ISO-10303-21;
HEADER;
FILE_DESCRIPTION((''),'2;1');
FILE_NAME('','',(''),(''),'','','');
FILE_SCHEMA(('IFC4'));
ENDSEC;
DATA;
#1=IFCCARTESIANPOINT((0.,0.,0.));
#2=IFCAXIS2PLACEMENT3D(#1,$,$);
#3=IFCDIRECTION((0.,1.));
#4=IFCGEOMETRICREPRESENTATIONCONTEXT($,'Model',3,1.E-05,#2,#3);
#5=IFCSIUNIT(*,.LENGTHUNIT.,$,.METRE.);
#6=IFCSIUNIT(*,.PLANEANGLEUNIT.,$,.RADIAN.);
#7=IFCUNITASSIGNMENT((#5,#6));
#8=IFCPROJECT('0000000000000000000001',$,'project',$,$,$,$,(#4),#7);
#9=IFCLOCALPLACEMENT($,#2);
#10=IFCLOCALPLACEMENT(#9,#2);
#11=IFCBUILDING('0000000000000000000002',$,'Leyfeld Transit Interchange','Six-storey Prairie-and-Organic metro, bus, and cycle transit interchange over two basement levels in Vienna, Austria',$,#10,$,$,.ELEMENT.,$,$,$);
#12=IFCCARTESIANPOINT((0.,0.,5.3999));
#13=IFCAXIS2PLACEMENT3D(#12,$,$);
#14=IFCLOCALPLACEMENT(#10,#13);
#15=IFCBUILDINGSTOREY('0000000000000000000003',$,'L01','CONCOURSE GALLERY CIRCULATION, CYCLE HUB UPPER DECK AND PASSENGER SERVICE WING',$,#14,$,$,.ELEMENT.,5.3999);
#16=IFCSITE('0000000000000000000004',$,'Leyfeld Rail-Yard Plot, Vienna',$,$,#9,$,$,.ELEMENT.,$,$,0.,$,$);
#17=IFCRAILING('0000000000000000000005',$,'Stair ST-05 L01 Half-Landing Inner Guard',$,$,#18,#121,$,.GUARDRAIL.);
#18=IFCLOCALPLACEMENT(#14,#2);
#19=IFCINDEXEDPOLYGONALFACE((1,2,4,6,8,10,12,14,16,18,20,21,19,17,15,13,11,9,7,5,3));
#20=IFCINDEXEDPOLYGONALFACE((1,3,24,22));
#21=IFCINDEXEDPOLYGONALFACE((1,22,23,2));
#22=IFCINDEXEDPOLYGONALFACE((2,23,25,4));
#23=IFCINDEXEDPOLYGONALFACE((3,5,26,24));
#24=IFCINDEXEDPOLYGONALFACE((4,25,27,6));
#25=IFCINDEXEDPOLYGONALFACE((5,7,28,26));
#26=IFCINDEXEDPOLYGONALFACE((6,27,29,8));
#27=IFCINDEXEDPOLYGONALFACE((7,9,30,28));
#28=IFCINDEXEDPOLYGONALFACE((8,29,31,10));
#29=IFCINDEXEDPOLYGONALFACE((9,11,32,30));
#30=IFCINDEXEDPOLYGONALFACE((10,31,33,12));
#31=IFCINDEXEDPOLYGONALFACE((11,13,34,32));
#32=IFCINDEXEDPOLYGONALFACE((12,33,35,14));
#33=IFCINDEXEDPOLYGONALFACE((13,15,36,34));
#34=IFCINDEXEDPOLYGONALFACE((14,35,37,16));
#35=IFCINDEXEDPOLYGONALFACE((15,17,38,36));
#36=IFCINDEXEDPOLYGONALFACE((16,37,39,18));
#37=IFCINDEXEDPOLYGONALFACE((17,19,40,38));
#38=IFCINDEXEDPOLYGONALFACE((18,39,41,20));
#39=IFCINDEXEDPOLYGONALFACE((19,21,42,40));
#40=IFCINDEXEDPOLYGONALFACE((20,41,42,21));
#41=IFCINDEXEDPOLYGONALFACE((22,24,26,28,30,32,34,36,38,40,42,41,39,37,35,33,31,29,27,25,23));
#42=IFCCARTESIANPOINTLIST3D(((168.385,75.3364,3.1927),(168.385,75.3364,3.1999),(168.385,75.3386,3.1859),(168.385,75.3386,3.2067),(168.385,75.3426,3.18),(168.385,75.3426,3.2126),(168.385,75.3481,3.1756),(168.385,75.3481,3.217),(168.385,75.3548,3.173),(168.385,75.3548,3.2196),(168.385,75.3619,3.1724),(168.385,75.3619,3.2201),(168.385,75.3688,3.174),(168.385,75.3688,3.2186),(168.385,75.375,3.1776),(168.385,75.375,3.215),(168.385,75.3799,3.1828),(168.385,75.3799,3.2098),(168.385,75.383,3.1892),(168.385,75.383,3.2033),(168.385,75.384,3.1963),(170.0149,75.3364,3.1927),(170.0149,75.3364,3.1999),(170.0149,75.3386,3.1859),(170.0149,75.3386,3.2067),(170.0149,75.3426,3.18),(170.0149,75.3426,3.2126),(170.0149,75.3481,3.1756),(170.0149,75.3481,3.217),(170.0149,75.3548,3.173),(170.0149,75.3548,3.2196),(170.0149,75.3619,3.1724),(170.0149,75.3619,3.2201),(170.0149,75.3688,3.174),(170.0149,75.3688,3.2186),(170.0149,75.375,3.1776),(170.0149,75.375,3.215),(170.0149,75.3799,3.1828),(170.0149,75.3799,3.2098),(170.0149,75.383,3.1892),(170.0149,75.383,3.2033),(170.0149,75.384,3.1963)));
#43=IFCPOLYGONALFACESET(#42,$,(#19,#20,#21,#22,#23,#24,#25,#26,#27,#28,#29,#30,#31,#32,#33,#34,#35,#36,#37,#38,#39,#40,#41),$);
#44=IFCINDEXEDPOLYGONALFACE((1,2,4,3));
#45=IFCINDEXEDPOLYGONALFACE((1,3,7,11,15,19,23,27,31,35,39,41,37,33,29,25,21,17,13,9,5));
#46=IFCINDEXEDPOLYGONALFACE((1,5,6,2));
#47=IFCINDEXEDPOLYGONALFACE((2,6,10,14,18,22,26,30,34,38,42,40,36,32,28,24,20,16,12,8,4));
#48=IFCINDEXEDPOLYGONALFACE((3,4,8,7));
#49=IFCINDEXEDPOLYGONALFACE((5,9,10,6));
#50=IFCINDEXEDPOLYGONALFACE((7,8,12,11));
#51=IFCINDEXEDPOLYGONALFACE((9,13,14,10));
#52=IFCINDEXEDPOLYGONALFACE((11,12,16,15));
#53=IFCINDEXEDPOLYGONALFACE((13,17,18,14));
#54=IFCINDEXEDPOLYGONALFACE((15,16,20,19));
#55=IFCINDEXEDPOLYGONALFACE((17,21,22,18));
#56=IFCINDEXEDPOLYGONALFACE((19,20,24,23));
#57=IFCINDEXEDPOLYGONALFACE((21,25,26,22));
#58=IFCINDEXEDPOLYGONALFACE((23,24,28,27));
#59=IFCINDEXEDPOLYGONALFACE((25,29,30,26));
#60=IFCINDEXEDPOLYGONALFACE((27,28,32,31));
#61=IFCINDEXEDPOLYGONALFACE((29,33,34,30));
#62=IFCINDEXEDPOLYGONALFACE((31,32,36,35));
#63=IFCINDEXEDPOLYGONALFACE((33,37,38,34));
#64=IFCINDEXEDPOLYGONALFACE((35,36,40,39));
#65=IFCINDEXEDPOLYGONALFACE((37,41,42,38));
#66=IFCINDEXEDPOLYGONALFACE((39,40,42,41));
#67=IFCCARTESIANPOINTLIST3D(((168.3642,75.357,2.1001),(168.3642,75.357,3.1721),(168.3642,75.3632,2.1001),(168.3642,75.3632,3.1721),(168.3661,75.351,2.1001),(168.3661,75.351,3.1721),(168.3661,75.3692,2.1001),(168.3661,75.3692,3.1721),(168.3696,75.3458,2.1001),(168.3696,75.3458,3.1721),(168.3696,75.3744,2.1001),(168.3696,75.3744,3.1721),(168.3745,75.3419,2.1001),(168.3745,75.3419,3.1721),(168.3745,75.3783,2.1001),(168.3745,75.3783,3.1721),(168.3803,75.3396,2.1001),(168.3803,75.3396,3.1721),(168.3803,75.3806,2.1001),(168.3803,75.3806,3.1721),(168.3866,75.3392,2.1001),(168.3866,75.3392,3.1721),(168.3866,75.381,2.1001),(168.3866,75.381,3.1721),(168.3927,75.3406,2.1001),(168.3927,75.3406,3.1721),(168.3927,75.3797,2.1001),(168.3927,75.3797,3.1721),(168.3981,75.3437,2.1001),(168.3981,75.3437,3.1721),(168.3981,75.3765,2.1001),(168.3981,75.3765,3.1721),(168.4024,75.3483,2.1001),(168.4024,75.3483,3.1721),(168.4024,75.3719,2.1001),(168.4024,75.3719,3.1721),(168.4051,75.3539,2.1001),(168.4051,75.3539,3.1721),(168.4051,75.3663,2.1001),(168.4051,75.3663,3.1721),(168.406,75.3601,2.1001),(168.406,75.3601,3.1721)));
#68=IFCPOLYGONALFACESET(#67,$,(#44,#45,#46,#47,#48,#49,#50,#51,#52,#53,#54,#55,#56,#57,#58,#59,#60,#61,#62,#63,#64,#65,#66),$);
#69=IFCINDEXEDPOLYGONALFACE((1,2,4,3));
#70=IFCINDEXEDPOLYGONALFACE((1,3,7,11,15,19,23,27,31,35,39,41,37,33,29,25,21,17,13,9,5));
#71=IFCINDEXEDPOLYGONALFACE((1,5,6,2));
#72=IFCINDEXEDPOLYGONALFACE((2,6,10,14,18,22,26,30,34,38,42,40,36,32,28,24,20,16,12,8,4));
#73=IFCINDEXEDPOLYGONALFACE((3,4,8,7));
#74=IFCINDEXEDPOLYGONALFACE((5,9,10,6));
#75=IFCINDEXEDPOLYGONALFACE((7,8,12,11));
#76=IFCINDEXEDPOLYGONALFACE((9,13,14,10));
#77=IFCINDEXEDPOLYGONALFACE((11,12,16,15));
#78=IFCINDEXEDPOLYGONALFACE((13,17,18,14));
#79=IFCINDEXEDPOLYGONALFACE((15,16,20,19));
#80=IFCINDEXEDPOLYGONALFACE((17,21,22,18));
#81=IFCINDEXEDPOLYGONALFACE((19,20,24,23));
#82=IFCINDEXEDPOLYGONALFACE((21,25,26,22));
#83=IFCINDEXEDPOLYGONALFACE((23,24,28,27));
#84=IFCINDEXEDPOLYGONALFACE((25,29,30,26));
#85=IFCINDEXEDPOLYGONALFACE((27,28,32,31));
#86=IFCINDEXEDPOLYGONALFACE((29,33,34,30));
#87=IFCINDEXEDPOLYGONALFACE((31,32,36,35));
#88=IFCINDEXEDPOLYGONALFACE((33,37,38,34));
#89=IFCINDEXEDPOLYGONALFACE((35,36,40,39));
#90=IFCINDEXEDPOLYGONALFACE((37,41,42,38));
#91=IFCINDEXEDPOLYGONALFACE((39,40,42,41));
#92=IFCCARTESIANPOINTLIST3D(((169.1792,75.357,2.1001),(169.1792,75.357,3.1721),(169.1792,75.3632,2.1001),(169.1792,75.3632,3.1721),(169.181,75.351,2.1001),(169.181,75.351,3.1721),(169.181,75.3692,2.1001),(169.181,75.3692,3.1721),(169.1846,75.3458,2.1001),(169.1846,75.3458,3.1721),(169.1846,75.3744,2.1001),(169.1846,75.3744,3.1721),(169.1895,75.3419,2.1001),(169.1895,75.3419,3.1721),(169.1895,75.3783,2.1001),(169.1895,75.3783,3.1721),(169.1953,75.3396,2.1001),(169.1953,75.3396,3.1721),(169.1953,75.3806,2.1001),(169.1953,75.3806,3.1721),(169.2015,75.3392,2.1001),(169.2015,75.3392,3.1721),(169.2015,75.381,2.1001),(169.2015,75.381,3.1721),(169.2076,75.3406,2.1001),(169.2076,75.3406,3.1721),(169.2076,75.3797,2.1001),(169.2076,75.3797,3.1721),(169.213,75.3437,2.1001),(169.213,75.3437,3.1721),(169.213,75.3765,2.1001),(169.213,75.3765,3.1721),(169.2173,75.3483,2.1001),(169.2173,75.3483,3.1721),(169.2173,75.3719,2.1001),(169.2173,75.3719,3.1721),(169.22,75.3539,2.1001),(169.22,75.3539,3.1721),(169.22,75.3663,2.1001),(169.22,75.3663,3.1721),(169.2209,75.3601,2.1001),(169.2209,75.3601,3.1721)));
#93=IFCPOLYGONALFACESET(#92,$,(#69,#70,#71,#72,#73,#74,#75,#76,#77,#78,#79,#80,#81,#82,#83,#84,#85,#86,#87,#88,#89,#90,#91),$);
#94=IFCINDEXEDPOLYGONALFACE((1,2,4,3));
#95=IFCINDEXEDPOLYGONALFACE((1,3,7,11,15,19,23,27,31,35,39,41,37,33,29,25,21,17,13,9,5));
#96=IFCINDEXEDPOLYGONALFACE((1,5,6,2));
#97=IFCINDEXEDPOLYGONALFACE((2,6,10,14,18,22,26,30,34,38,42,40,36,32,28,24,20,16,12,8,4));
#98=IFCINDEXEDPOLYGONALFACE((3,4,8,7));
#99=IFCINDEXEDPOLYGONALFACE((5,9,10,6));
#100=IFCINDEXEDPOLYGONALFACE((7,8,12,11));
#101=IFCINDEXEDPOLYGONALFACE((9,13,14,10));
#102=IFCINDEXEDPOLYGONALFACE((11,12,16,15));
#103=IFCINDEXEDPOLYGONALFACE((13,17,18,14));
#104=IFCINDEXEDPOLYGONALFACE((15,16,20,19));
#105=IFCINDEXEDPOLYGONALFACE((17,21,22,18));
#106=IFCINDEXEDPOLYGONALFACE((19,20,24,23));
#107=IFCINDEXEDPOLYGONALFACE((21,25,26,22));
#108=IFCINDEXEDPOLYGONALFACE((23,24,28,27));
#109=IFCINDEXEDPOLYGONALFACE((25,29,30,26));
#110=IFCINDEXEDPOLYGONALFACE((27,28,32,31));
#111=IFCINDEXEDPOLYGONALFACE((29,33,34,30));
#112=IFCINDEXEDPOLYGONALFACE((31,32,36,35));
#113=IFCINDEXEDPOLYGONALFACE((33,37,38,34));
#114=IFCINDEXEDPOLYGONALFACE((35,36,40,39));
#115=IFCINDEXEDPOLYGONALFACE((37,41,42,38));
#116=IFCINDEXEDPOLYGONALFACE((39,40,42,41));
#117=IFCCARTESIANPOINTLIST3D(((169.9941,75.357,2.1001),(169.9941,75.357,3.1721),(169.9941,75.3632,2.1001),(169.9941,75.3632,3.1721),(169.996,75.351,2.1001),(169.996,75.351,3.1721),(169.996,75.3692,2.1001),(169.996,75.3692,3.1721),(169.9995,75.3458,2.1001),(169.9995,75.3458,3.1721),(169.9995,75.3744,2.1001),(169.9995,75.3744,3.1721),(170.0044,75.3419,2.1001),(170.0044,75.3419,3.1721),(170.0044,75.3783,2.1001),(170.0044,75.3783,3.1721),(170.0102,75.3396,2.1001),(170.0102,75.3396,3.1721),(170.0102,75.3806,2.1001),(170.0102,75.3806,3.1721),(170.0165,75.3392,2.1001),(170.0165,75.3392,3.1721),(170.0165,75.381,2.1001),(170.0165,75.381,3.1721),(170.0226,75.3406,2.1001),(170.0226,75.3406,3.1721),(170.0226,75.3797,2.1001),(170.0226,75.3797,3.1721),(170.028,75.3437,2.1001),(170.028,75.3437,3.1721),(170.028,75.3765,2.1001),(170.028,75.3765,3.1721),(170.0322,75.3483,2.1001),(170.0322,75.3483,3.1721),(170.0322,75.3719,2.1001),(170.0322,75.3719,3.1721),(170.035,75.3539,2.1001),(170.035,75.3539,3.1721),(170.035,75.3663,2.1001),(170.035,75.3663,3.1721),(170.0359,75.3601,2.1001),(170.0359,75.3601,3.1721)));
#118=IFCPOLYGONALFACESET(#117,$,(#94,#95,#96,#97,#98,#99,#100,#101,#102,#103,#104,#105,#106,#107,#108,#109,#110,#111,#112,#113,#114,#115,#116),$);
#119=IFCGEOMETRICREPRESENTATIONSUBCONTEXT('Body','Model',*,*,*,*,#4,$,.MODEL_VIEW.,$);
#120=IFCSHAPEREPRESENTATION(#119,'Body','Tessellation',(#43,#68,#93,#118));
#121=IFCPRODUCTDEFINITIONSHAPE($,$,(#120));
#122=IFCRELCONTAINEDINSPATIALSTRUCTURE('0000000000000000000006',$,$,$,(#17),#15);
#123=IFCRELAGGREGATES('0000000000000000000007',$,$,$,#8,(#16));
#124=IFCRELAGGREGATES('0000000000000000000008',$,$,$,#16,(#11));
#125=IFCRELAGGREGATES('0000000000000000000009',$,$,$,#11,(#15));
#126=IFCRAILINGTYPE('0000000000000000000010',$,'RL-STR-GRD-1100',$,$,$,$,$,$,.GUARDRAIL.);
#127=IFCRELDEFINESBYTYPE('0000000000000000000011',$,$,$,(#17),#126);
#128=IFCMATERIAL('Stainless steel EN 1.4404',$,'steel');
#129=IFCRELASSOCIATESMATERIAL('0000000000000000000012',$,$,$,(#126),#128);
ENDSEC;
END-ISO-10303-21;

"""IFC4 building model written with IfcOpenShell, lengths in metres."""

from ifc_helpers import new_model, si_unit, direction, frame, origin, origin_2d, place, context, subcontext, project, spatial, circle, extrude, material, type_object, element, save


model = new_model("IFC4")

# Units and contexts
model_context = context("Model", 3, precision=1e-05, world=origin(), true_north=direction((0.0, 1.0)))
body_context = subcontext(model_context, "Body", "Model", "MODEL_VIEW")
ifc_project = project(units=[si_unit("LENGTHUNIT", "METRE"), si_unit("PLANEANGLEUNIT", "RADIAN")], contexts=[model_context])

# Site, building, storey
site_placement = place(None, origin())
site = spatial("IfcSite", under=ifc_project, at=site_placement, Name="Leyfeld Rail-Yard Plot, Vienna", CompositionType="ELEMENT", RefElevation=0.0)
building_placement = place(site_placement, origin())
building = spatial("IfcBuilding", under=site, at=building_placement, Name="Leyfeld Transit Interchange", Description="Six-storey Prairie-and-Organic metro, bus, and cycle transit interchange over two basement levels in Vienna, Austria", CompositionType="ELEMENT")
storey_placement = place(building_placement, frame((0.0, 0.0, 5.3999)))
storey = spatial("IfcBuildingStorey", under=building, at=storey_placement, Name="L01", Description="CONCOURSE GALLERY CIRCULATION, CYCLE HUB UPPER DECK AND PASSENGER SERVICE WING", CompositionType="ELEMENT", Elevation=5.3999)

# Railing
ifc_material_1 = material(Name="Stainless steel EN 1.4404", Category="steel")
railing_type_1 = type_object("IfcRailingType", Name="RL-STR-GRD-1100", PredefinedType="GUARDRAIL", material=ifc_material_1)
railing_1_placement = place(storey_placement, frame((168.385, 75.3601, 2.1001)))
element("IfcRailing", 1, at=railing_1_placement, inside=storey, type_object=railing_type_1, Name="Stair ST-05 L01 Half-Landing Inner Guard", PredefinedType="GUARDRAIL", context=body_context, shape_type="SweptSolid", body=[
    extrude(circle(Radius=0.0239, at=origin_2d()), frame((0.0, 0.0, 1.0962), z_axis=(1.0, 0.0, 0.0), x_axis=(0.0, 1.0, 0.0)), (0.0, 0.0, 1.0), 1.6299),
    extrude(circle(Radius=0.021, at=origin_2d()), origin(), (0.0, 0.0, 1.0), 1.072),
    extrude(circle(Radius=0.021, at=origin_2d()), frame((0.8149, 0.0, 0.0)), (0.0, 0.0, 1.0), 1.072),
    extrude(circle(Radius=0.021, at=origin_2d()), frame((1.6299, 0.0, 0.0)), (0.0, 0.0, 1.0), 1.072),
])

save(model, "model.ifc")
